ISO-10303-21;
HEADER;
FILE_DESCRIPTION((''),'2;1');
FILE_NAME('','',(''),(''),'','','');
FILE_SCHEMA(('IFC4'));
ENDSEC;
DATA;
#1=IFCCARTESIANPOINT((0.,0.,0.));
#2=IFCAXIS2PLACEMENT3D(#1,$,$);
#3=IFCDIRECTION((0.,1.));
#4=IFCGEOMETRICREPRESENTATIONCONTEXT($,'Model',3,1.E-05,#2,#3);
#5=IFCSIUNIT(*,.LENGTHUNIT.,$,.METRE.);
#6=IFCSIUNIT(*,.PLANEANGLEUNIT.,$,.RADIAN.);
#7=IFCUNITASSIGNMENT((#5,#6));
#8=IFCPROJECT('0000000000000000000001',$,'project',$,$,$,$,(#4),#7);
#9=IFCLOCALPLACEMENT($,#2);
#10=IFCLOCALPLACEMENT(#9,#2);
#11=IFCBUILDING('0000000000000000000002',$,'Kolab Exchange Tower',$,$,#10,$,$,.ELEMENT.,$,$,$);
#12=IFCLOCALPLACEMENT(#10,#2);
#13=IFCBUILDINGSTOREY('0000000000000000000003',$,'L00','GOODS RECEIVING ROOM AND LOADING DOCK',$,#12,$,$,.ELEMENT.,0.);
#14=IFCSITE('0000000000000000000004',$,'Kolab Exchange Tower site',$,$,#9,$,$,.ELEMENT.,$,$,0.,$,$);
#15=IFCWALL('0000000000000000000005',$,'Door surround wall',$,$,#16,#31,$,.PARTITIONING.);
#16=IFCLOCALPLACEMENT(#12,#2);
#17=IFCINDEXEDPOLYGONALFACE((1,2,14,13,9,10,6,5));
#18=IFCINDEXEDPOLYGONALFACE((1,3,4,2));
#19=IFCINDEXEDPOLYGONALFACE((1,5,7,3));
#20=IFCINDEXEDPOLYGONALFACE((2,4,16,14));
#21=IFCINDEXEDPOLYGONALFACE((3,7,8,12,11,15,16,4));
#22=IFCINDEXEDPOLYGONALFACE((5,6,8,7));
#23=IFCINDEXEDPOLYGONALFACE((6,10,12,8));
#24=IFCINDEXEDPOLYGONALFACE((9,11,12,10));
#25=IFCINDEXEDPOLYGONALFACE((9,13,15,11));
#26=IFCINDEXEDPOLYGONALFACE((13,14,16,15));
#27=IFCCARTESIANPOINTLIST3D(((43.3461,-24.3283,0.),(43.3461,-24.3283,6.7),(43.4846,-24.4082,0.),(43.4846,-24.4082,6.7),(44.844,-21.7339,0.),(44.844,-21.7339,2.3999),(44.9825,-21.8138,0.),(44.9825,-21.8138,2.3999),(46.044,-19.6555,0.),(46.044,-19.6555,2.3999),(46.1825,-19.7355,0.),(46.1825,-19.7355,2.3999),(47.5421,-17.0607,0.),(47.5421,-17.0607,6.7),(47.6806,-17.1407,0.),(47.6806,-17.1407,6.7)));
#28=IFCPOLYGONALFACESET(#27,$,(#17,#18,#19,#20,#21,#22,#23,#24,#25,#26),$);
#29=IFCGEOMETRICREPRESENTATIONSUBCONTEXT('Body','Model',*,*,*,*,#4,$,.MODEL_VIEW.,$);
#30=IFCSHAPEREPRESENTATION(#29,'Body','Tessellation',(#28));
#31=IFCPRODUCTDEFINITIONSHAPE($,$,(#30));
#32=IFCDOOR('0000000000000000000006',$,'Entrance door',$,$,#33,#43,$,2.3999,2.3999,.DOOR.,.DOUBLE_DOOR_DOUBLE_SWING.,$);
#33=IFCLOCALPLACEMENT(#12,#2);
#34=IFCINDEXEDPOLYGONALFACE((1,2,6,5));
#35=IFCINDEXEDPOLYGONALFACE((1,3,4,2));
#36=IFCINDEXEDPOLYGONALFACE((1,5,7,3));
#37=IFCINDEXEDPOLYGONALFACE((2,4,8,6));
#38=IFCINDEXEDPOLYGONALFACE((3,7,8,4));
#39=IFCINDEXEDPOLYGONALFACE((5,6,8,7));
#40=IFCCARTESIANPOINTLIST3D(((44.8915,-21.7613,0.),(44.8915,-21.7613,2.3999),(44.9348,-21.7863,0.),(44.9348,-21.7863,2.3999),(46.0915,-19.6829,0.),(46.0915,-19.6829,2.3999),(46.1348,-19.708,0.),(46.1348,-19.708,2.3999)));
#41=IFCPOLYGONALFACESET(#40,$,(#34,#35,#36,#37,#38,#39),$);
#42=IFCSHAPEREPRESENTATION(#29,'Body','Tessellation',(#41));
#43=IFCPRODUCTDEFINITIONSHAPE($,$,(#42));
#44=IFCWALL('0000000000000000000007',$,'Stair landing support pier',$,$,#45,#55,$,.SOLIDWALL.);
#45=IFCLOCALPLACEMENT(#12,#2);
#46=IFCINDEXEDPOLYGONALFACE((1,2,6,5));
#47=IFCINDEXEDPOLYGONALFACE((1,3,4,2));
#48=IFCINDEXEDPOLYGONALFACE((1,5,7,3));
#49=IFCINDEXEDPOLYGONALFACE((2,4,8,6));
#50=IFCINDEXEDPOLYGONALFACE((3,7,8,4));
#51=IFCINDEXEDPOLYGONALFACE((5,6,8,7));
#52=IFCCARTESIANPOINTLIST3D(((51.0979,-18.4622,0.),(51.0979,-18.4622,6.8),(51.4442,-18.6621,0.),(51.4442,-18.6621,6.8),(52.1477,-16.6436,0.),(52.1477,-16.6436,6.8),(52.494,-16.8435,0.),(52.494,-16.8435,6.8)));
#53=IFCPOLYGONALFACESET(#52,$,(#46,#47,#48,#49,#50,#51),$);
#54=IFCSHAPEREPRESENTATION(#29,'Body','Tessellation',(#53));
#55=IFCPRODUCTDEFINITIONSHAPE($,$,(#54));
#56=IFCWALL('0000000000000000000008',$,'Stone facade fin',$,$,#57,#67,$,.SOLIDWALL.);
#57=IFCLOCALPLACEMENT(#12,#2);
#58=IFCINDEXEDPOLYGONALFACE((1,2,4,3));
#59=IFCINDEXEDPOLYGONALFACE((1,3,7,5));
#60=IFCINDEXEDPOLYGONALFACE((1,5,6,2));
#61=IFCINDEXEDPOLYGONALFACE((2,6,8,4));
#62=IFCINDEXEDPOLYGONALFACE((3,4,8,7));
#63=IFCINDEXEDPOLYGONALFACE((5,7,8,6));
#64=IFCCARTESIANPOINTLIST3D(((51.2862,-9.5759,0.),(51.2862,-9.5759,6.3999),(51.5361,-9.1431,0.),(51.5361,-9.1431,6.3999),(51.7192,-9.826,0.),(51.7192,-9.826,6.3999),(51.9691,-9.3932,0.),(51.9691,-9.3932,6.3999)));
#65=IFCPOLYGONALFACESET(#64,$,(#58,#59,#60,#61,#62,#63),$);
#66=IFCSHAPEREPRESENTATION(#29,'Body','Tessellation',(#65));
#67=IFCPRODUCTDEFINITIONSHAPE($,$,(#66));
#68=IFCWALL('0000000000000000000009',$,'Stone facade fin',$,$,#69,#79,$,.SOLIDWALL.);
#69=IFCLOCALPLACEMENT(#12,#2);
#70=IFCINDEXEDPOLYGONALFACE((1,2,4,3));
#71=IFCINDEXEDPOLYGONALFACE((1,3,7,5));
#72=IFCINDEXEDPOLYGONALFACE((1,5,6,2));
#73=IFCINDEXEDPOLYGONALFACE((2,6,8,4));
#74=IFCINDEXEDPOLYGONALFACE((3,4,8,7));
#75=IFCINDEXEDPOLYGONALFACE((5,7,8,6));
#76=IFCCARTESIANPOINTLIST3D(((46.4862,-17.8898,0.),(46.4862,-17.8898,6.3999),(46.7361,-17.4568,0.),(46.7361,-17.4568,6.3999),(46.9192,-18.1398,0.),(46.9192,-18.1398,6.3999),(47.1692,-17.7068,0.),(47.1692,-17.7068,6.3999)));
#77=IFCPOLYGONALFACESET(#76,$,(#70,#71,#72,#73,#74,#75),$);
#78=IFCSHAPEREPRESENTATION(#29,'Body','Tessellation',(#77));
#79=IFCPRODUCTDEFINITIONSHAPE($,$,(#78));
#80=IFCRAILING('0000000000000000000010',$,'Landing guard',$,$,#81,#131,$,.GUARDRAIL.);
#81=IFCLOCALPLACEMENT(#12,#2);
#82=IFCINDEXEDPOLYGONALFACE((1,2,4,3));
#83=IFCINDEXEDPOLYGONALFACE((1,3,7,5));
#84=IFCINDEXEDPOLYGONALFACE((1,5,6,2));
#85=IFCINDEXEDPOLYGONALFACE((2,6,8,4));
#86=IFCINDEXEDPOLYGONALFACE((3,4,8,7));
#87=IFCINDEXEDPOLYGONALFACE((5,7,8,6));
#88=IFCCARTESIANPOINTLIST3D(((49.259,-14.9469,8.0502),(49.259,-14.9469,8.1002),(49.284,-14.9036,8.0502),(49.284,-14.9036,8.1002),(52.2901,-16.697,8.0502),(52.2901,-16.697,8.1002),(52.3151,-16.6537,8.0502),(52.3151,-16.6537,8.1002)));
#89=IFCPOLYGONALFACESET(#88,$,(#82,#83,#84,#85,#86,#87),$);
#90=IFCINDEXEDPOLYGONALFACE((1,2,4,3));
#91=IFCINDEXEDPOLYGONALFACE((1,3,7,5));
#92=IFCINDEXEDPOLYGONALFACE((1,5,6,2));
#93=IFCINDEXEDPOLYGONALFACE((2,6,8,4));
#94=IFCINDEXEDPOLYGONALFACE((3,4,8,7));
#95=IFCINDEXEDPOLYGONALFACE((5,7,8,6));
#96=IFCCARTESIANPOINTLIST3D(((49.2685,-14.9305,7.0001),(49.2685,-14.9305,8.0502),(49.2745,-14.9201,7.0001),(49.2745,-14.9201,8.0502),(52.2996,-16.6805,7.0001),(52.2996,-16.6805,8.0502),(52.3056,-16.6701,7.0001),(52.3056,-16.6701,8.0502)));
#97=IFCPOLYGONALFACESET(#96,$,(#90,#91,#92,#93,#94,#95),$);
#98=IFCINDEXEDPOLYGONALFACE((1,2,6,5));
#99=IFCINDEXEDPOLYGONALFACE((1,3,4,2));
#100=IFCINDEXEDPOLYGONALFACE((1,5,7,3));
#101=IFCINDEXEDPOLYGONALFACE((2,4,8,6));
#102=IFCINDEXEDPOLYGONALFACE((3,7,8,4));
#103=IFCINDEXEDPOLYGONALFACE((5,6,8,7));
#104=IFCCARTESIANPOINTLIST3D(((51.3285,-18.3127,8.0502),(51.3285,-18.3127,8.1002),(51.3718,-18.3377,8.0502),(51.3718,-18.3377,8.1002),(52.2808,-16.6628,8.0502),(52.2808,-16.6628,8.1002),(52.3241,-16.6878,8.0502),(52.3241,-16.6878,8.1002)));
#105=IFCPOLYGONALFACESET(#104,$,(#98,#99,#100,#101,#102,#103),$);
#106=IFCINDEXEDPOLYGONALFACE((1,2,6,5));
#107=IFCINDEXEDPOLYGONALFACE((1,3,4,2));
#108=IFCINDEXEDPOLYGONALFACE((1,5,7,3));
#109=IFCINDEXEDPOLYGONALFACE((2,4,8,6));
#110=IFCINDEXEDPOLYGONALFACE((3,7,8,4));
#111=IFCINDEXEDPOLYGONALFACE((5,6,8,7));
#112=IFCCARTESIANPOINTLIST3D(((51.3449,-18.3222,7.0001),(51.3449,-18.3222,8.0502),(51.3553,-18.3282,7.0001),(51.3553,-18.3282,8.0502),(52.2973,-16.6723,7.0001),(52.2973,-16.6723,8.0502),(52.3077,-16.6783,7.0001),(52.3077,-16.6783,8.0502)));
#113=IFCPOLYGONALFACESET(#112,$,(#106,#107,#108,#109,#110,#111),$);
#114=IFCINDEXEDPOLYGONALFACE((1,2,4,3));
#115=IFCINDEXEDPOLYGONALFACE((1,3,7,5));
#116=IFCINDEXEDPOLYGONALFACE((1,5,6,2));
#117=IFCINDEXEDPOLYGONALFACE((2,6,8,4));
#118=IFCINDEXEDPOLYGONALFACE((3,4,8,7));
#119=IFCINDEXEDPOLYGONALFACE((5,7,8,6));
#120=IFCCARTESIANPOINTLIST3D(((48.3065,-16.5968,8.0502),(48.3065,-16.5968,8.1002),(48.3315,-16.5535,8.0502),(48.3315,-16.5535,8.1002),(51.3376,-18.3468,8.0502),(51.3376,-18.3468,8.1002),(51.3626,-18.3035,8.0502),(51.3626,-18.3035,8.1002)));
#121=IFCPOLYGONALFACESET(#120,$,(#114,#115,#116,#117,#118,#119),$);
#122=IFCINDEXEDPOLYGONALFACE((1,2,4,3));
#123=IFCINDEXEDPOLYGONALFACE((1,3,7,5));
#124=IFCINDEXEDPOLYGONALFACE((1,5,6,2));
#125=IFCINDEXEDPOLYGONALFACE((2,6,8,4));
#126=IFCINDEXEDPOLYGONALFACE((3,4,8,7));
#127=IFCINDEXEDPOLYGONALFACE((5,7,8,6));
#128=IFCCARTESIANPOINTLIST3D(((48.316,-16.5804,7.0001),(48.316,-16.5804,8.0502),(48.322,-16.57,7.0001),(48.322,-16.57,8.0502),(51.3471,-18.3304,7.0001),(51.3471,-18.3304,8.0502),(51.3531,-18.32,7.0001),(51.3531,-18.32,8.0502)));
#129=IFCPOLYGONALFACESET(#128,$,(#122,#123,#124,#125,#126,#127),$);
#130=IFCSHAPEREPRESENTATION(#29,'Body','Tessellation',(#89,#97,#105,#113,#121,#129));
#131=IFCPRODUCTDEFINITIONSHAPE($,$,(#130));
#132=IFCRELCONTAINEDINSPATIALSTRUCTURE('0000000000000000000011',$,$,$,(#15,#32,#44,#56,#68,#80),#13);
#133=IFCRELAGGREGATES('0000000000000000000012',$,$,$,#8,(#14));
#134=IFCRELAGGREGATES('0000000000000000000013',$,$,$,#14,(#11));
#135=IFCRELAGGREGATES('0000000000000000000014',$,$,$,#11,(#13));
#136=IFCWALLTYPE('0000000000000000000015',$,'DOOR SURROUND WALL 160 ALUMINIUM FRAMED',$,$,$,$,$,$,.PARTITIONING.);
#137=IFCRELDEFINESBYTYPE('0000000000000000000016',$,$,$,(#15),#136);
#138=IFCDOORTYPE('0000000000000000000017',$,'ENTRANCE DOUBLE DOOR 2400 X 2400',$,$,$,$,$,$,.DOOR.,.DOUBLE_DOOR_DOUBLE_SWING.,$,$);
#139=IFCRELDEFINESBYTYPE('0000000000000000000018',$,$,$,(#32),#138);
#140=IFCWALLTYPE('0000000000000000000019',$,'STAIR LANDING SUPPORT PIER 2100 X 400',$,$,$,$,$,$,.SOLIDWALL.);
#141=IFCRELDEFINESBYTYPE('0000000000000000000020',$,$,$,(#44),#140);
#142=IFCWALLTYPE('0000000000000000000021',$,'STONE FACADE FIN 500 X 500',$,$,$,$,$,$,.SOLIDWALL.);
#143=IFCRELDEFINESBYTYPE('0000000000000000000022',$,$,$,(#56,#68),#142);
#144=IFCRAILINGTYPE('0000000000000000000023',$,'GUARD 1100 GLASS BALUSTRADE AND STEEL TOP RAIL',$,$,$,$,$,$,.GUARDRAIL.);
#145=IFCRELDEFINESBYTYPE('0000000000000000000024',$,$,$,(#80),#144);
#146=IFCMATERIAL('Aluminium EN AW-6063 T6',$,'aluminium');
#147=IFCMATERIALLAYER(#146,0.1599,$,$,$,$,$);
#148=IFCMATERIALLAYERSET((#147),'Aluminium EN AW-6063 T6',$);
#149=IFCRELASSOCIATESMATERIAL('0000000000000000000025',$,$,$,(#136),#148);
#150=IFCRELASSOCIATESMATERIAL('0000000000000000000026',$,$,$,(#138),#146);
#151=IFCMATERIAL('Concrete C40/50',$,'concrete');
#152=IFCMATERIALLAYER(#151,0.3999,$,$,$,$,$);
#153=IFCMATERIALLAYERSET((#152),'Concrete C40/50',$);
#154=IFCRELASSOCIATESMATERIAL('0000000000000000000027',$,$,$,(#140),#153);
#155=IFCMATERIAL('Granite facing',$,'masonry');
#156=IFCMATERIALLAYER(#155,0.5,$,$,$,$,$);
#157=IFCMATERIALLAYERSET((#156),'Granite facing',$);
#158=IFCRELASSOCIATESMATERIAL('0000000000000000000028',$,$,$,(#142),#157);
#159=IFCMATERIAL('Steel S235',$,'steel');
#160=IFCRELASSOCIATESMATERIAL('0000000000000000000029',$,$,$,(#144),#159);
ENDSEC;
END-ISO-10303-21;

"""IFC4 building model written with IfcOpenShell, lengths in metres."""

from ifc_helpers import new_model, si_unit, direction, frame, frame_2d, origin, origin_2d, place, context, subcontext, project, spatial, rectangle, extrude, material, layer, layer_set, type_object, element, fill, save


model = new_model("IFC4")

# Units and contexts
model_context = context("Model", 3, precision=1e-05, world=origin(), true_north=direction((0.0, 1.0)))
body_context = subcontext(model_context, "Body", "Model", "MODEL_VIEW")
ifc_project = project(units=[si_unit("LENGTHUNIT", "METRE"), si_unit("PLANEANGLEUNIT", "RADIAN")], contexts=[model_context])

# Site, building, storey
site_placement = place(None, origin())
site = spatial("IfcSite", under=ifc_project, at=site_placement, Name="Kolab Exchange Tower site", CompositionType="ELEMENT", RefElevation=0.0)
building_placement = place(site_placement, origin())
building = spatial("IfcBuilding", under=site, at=building_placement, Name="Kolab Exchange Tower", CompositionType="ELEMENT")
storey_placement = place(building_placement, origin())
storey = spatial("IfcBuildingStorey", under=building, at=storey_placement, Name="L00", Description="GOODS RECEIVING ROOM AND LOADING DOCK", CompositionType="ELEMENT", Elevation=0.0)

# Wall, opening, door
ifc_material_1 = material(Name="Aluminium EN AW-6063 T6", Category="aluminium")
ifc_layer_1 = layer(ifc_material_1, 0.1599)
ifc_layer_set_1 = layer_set([ifc_layer_1], Name="Aluminium EN AW-6063 T6")
wall_type_1 = type_object("IfcWallType", Name="DOOR SURROUND WALL 160 ALUMINIUM FRAMED", PredefinedType="PARTITIONING", material=ifc_layer_set_1)
door_type = type_object("IfcDoorType", Name="ENTRANCE DOUBLE DOOR 2400 X 2400", OperationType="DOUBLE_DOOR_DOUBLE_SWING", PredefinedType="DOOR", material=ifc_material_1)
wall_1_placement = place(storey_placement, frame((47.6113, -17.1008, 0.0), z_axis=(0.0, 0.0, 1.0), x_axis=(-0.50001, -0.86602, 0.0)))
wall_1 = element("IfcWall", 1, at=wall_1_placement, inside=storey, type_object=wall_type_1, Name="Door surround wall", PredefinedType="PARTITIONING", context=body_context, shape_type="SweptSolid", body=[
    extrude(rectangle(XDim=8.3918, YDim=0.1599, at=frame_2d((4.1958, 0.0))), origin(), (0.0, 0.0, 1.0), 6.7),
])
opening_1_placement = place(wall_1_placement, frame((2.9961, 0.0, 0.0)))
opening_1 = element("IfcOpeningElement", 2, at=opening_1_placement, cuts=wall_1, PredefinedType="OPENING", context=body_context, shape_type="SweptSolid", body=[
    extrude(rectangle(XDim=2.3999, YDim=2.3999, at=frame_2d((1.2, 1.2))), frame((0.0, 0.0898, 0.0), z_axis=(0.0, -1.0, 0.0), x_axis=(1.0, 0.0, 0.0)), (0.0, 0.0, 1.0), 0.1799),
])
door_1_placement = place(opening_1_placement, origin())
door_1 = element("IfcDoor", 3, at=door_1_placement, inside=storey, type_object=door_type, Name="Entrance door", OperationType="DOUBLE_DOOR_DOUBLE_SWING", OverallHeight=2.3999, OverallWidth=2.3999, PredefinedType="DOOR", context=body_context, shape_type="SweptSolid", body=[
    extrude(rectangle(XDim=2.3999, YDim=2.3999, at=frame_2d((1.2, 1.2))), frame((0.0, 0.0249, 0.0), z_axis=(0.0, -1.0, 0.0), x_axis=(1.0, 0.0, 0.0)), (0.0, 0.0, 1.0), 0.05),
])
fill(opening_1, door_1)

# Walls
ifc_material_2 = material(Name="Concrete C40/50", Category="concrete")
ifc_layer_2 = layer(ifc_material_2, 0.3999)
ifc_layer_set_2 = layer_set([ifc_layer_2], Name="Concrete C40/50")
wall_type_2 = type_object("IfcWallType", Name="STAIR LANDING SUPPORT PIER 2100 X 400", PredefinedType="SOLIDWALL", material=ifc_layer_set_2)
wall_2_placement = place(storey_placement, frame((52.3208, -16.7437, 0.0), z_axis=(0.0, 0.0, 1.0), x_axis=(-0.499941, -0.86606, 0.0)))
element("IfcWall", 4, at=wall_2_placement, inside=storey, type_object=wall_type_2, Name="Stair landing support pier", PredefinedType="SOLIDWALL", context=body_context, shape_type="SweptSolid", body=[
    extrude(rectangle(XDim=2.0999, YDim=0.3999, at=frame_2d((1.0498, 0.0))), origin(), (0.0, 0.0, 1.0), 6.8),
])
ifc_material_3 = material(Name="Granite facing", Category="masonry")
ifc_layer_3 = layer(ifc_material_3, 0.5)
ifc_layer_set_3 = layer_set([ifc_layer_3], Name="Granite facing")
wall_type_3 = type_object("IfcWallType", Name="STONE FACADE FIN 500 X 500", PredefinedType="SOLIDWALL", material=ifc_layer_set_3)
wall_3_placement = place(storey_placement, frame((51.7527, -9.2681, 0.0), z_axis=(0.0, 0.0, 1.0), x_axis=(-0.500131, -0.86595, 0.0)))
element("IfcWall", 5, at=wall_3_placement, inside=storey, type_object=wall_type_3, Name="Stone facade fin", PredefinedType="SOLIDWALL", context=body_context, shape_type="SweptSolid", body=[
    extrude(rectangle(XDim=0.4998, YDim=0.5, at=frame_2d((0.25, 0.0))), origin(), (0.0, 0.0, 1.0), 6.3999),
])
wall_4_placement = place(storey_placement, frame((46.9526, -17.5818, 0.0), z_axis=(0.0, 0.0, 1.0), x_axis=(-0.49992, -0.866072, 0.0)))
element("IfcWall", 6, at=wall_4_placement, inside=storey, type_object=wall_type_3, Name="Stone facade fin", PredefinedType="SOLIDWALL", context=body_context, shape_type="SweptSolid", body=[
    extrude(rectangle(XDim=0.5, YDim=0.5, at=frame_2d((0.25, 0.0))), origin(), (0.0, 0.0, 1.0), 6.3999),
])

# Railing
ifc_material_4 = material(Name="Steel S235", Category="steel")
railing_type = type_object("IfcRailingType", Name="GUARD 1100 GLASS BALUSTRADE AND STEEL TOP RAIL", PredefinedType="GUARDRAIL", material=ifc_material_4)
railing_placement = place(storey_placement, frame((49.2715, -14.9253, 7.0)))
element("IfcRailing", 7, at=railing_placement, inside=storey, type_object=railing_type, Name="Landing guard", PredefinedType="GUARDRAIL", context=body_context, shape_type="SweptSolid", body=[
    extrude(rectangle(XDim=0.05, YDim=0.05, at=origin_2d()), frame((0.0, 0.0, 1.0752), z_axis=(0.866019, -0.50001, 0.0), x_axis=(0.50001, 0.866019, 0.0)), (0.0, 0.0, 1.0), 3.5),
    extrude(rectangle(XDim=0.012, YDim=1.0501, at=frame_2d((0.0, 0.5251))), frame((0.0, 0.0, 0.0), z_axis=(0.866019, -0.50001, 0.0), x_axis=(0.50001, 0.866019, 0.0)), (0.0, 0.0, 1.0), 3.5),
    extrude(rectangle(XDim=0.05, YDim=0.05, at=origin_2d()), frame((3.031, -1.75, 1.0752), z_axis=(-0.49993, -0.866066, 0.0), x_axis=(0.866066, -0.49993, 0.0)), (0.0, 0.0, 1.0), 1.905),
    extrude(rectangle(XDim=0.012, YDim=1.0501, at=frame_2d((0.0, 0.5251))), frame((3.031, -1.75, 0.0), z_axis=(-0.49993, -0.866066, 0.0), x_axis=(0.866066, -0.49993, 0.0)), (0.0, 0.0, 1.0), 1.905),
    extrude(rectangle(XDim=0.05, YDim=0.05, at=origin_2d()), frame((2.0786, -3.3999, 1.0752), z_axis=(-0.866019, 0.50001, 0.0), x_axis=(-0.50001, -0.866019, 0.0)), (0.0, 0.0, 1.0), 3.5),
    extrude(rectangle(XDim=0.012, YDim=1.0501, at=frame_2d((0.0, 0.5251))), frame((2.0786, -3.3999, 0.0), z_axis=(-0.866019, 0.50001, 0.0), x_axis=(-0.50001, -0.866019, 0.0)), (0.0, 0.0, 1.0), 3.5),
])

save(model, "model.ifc")
